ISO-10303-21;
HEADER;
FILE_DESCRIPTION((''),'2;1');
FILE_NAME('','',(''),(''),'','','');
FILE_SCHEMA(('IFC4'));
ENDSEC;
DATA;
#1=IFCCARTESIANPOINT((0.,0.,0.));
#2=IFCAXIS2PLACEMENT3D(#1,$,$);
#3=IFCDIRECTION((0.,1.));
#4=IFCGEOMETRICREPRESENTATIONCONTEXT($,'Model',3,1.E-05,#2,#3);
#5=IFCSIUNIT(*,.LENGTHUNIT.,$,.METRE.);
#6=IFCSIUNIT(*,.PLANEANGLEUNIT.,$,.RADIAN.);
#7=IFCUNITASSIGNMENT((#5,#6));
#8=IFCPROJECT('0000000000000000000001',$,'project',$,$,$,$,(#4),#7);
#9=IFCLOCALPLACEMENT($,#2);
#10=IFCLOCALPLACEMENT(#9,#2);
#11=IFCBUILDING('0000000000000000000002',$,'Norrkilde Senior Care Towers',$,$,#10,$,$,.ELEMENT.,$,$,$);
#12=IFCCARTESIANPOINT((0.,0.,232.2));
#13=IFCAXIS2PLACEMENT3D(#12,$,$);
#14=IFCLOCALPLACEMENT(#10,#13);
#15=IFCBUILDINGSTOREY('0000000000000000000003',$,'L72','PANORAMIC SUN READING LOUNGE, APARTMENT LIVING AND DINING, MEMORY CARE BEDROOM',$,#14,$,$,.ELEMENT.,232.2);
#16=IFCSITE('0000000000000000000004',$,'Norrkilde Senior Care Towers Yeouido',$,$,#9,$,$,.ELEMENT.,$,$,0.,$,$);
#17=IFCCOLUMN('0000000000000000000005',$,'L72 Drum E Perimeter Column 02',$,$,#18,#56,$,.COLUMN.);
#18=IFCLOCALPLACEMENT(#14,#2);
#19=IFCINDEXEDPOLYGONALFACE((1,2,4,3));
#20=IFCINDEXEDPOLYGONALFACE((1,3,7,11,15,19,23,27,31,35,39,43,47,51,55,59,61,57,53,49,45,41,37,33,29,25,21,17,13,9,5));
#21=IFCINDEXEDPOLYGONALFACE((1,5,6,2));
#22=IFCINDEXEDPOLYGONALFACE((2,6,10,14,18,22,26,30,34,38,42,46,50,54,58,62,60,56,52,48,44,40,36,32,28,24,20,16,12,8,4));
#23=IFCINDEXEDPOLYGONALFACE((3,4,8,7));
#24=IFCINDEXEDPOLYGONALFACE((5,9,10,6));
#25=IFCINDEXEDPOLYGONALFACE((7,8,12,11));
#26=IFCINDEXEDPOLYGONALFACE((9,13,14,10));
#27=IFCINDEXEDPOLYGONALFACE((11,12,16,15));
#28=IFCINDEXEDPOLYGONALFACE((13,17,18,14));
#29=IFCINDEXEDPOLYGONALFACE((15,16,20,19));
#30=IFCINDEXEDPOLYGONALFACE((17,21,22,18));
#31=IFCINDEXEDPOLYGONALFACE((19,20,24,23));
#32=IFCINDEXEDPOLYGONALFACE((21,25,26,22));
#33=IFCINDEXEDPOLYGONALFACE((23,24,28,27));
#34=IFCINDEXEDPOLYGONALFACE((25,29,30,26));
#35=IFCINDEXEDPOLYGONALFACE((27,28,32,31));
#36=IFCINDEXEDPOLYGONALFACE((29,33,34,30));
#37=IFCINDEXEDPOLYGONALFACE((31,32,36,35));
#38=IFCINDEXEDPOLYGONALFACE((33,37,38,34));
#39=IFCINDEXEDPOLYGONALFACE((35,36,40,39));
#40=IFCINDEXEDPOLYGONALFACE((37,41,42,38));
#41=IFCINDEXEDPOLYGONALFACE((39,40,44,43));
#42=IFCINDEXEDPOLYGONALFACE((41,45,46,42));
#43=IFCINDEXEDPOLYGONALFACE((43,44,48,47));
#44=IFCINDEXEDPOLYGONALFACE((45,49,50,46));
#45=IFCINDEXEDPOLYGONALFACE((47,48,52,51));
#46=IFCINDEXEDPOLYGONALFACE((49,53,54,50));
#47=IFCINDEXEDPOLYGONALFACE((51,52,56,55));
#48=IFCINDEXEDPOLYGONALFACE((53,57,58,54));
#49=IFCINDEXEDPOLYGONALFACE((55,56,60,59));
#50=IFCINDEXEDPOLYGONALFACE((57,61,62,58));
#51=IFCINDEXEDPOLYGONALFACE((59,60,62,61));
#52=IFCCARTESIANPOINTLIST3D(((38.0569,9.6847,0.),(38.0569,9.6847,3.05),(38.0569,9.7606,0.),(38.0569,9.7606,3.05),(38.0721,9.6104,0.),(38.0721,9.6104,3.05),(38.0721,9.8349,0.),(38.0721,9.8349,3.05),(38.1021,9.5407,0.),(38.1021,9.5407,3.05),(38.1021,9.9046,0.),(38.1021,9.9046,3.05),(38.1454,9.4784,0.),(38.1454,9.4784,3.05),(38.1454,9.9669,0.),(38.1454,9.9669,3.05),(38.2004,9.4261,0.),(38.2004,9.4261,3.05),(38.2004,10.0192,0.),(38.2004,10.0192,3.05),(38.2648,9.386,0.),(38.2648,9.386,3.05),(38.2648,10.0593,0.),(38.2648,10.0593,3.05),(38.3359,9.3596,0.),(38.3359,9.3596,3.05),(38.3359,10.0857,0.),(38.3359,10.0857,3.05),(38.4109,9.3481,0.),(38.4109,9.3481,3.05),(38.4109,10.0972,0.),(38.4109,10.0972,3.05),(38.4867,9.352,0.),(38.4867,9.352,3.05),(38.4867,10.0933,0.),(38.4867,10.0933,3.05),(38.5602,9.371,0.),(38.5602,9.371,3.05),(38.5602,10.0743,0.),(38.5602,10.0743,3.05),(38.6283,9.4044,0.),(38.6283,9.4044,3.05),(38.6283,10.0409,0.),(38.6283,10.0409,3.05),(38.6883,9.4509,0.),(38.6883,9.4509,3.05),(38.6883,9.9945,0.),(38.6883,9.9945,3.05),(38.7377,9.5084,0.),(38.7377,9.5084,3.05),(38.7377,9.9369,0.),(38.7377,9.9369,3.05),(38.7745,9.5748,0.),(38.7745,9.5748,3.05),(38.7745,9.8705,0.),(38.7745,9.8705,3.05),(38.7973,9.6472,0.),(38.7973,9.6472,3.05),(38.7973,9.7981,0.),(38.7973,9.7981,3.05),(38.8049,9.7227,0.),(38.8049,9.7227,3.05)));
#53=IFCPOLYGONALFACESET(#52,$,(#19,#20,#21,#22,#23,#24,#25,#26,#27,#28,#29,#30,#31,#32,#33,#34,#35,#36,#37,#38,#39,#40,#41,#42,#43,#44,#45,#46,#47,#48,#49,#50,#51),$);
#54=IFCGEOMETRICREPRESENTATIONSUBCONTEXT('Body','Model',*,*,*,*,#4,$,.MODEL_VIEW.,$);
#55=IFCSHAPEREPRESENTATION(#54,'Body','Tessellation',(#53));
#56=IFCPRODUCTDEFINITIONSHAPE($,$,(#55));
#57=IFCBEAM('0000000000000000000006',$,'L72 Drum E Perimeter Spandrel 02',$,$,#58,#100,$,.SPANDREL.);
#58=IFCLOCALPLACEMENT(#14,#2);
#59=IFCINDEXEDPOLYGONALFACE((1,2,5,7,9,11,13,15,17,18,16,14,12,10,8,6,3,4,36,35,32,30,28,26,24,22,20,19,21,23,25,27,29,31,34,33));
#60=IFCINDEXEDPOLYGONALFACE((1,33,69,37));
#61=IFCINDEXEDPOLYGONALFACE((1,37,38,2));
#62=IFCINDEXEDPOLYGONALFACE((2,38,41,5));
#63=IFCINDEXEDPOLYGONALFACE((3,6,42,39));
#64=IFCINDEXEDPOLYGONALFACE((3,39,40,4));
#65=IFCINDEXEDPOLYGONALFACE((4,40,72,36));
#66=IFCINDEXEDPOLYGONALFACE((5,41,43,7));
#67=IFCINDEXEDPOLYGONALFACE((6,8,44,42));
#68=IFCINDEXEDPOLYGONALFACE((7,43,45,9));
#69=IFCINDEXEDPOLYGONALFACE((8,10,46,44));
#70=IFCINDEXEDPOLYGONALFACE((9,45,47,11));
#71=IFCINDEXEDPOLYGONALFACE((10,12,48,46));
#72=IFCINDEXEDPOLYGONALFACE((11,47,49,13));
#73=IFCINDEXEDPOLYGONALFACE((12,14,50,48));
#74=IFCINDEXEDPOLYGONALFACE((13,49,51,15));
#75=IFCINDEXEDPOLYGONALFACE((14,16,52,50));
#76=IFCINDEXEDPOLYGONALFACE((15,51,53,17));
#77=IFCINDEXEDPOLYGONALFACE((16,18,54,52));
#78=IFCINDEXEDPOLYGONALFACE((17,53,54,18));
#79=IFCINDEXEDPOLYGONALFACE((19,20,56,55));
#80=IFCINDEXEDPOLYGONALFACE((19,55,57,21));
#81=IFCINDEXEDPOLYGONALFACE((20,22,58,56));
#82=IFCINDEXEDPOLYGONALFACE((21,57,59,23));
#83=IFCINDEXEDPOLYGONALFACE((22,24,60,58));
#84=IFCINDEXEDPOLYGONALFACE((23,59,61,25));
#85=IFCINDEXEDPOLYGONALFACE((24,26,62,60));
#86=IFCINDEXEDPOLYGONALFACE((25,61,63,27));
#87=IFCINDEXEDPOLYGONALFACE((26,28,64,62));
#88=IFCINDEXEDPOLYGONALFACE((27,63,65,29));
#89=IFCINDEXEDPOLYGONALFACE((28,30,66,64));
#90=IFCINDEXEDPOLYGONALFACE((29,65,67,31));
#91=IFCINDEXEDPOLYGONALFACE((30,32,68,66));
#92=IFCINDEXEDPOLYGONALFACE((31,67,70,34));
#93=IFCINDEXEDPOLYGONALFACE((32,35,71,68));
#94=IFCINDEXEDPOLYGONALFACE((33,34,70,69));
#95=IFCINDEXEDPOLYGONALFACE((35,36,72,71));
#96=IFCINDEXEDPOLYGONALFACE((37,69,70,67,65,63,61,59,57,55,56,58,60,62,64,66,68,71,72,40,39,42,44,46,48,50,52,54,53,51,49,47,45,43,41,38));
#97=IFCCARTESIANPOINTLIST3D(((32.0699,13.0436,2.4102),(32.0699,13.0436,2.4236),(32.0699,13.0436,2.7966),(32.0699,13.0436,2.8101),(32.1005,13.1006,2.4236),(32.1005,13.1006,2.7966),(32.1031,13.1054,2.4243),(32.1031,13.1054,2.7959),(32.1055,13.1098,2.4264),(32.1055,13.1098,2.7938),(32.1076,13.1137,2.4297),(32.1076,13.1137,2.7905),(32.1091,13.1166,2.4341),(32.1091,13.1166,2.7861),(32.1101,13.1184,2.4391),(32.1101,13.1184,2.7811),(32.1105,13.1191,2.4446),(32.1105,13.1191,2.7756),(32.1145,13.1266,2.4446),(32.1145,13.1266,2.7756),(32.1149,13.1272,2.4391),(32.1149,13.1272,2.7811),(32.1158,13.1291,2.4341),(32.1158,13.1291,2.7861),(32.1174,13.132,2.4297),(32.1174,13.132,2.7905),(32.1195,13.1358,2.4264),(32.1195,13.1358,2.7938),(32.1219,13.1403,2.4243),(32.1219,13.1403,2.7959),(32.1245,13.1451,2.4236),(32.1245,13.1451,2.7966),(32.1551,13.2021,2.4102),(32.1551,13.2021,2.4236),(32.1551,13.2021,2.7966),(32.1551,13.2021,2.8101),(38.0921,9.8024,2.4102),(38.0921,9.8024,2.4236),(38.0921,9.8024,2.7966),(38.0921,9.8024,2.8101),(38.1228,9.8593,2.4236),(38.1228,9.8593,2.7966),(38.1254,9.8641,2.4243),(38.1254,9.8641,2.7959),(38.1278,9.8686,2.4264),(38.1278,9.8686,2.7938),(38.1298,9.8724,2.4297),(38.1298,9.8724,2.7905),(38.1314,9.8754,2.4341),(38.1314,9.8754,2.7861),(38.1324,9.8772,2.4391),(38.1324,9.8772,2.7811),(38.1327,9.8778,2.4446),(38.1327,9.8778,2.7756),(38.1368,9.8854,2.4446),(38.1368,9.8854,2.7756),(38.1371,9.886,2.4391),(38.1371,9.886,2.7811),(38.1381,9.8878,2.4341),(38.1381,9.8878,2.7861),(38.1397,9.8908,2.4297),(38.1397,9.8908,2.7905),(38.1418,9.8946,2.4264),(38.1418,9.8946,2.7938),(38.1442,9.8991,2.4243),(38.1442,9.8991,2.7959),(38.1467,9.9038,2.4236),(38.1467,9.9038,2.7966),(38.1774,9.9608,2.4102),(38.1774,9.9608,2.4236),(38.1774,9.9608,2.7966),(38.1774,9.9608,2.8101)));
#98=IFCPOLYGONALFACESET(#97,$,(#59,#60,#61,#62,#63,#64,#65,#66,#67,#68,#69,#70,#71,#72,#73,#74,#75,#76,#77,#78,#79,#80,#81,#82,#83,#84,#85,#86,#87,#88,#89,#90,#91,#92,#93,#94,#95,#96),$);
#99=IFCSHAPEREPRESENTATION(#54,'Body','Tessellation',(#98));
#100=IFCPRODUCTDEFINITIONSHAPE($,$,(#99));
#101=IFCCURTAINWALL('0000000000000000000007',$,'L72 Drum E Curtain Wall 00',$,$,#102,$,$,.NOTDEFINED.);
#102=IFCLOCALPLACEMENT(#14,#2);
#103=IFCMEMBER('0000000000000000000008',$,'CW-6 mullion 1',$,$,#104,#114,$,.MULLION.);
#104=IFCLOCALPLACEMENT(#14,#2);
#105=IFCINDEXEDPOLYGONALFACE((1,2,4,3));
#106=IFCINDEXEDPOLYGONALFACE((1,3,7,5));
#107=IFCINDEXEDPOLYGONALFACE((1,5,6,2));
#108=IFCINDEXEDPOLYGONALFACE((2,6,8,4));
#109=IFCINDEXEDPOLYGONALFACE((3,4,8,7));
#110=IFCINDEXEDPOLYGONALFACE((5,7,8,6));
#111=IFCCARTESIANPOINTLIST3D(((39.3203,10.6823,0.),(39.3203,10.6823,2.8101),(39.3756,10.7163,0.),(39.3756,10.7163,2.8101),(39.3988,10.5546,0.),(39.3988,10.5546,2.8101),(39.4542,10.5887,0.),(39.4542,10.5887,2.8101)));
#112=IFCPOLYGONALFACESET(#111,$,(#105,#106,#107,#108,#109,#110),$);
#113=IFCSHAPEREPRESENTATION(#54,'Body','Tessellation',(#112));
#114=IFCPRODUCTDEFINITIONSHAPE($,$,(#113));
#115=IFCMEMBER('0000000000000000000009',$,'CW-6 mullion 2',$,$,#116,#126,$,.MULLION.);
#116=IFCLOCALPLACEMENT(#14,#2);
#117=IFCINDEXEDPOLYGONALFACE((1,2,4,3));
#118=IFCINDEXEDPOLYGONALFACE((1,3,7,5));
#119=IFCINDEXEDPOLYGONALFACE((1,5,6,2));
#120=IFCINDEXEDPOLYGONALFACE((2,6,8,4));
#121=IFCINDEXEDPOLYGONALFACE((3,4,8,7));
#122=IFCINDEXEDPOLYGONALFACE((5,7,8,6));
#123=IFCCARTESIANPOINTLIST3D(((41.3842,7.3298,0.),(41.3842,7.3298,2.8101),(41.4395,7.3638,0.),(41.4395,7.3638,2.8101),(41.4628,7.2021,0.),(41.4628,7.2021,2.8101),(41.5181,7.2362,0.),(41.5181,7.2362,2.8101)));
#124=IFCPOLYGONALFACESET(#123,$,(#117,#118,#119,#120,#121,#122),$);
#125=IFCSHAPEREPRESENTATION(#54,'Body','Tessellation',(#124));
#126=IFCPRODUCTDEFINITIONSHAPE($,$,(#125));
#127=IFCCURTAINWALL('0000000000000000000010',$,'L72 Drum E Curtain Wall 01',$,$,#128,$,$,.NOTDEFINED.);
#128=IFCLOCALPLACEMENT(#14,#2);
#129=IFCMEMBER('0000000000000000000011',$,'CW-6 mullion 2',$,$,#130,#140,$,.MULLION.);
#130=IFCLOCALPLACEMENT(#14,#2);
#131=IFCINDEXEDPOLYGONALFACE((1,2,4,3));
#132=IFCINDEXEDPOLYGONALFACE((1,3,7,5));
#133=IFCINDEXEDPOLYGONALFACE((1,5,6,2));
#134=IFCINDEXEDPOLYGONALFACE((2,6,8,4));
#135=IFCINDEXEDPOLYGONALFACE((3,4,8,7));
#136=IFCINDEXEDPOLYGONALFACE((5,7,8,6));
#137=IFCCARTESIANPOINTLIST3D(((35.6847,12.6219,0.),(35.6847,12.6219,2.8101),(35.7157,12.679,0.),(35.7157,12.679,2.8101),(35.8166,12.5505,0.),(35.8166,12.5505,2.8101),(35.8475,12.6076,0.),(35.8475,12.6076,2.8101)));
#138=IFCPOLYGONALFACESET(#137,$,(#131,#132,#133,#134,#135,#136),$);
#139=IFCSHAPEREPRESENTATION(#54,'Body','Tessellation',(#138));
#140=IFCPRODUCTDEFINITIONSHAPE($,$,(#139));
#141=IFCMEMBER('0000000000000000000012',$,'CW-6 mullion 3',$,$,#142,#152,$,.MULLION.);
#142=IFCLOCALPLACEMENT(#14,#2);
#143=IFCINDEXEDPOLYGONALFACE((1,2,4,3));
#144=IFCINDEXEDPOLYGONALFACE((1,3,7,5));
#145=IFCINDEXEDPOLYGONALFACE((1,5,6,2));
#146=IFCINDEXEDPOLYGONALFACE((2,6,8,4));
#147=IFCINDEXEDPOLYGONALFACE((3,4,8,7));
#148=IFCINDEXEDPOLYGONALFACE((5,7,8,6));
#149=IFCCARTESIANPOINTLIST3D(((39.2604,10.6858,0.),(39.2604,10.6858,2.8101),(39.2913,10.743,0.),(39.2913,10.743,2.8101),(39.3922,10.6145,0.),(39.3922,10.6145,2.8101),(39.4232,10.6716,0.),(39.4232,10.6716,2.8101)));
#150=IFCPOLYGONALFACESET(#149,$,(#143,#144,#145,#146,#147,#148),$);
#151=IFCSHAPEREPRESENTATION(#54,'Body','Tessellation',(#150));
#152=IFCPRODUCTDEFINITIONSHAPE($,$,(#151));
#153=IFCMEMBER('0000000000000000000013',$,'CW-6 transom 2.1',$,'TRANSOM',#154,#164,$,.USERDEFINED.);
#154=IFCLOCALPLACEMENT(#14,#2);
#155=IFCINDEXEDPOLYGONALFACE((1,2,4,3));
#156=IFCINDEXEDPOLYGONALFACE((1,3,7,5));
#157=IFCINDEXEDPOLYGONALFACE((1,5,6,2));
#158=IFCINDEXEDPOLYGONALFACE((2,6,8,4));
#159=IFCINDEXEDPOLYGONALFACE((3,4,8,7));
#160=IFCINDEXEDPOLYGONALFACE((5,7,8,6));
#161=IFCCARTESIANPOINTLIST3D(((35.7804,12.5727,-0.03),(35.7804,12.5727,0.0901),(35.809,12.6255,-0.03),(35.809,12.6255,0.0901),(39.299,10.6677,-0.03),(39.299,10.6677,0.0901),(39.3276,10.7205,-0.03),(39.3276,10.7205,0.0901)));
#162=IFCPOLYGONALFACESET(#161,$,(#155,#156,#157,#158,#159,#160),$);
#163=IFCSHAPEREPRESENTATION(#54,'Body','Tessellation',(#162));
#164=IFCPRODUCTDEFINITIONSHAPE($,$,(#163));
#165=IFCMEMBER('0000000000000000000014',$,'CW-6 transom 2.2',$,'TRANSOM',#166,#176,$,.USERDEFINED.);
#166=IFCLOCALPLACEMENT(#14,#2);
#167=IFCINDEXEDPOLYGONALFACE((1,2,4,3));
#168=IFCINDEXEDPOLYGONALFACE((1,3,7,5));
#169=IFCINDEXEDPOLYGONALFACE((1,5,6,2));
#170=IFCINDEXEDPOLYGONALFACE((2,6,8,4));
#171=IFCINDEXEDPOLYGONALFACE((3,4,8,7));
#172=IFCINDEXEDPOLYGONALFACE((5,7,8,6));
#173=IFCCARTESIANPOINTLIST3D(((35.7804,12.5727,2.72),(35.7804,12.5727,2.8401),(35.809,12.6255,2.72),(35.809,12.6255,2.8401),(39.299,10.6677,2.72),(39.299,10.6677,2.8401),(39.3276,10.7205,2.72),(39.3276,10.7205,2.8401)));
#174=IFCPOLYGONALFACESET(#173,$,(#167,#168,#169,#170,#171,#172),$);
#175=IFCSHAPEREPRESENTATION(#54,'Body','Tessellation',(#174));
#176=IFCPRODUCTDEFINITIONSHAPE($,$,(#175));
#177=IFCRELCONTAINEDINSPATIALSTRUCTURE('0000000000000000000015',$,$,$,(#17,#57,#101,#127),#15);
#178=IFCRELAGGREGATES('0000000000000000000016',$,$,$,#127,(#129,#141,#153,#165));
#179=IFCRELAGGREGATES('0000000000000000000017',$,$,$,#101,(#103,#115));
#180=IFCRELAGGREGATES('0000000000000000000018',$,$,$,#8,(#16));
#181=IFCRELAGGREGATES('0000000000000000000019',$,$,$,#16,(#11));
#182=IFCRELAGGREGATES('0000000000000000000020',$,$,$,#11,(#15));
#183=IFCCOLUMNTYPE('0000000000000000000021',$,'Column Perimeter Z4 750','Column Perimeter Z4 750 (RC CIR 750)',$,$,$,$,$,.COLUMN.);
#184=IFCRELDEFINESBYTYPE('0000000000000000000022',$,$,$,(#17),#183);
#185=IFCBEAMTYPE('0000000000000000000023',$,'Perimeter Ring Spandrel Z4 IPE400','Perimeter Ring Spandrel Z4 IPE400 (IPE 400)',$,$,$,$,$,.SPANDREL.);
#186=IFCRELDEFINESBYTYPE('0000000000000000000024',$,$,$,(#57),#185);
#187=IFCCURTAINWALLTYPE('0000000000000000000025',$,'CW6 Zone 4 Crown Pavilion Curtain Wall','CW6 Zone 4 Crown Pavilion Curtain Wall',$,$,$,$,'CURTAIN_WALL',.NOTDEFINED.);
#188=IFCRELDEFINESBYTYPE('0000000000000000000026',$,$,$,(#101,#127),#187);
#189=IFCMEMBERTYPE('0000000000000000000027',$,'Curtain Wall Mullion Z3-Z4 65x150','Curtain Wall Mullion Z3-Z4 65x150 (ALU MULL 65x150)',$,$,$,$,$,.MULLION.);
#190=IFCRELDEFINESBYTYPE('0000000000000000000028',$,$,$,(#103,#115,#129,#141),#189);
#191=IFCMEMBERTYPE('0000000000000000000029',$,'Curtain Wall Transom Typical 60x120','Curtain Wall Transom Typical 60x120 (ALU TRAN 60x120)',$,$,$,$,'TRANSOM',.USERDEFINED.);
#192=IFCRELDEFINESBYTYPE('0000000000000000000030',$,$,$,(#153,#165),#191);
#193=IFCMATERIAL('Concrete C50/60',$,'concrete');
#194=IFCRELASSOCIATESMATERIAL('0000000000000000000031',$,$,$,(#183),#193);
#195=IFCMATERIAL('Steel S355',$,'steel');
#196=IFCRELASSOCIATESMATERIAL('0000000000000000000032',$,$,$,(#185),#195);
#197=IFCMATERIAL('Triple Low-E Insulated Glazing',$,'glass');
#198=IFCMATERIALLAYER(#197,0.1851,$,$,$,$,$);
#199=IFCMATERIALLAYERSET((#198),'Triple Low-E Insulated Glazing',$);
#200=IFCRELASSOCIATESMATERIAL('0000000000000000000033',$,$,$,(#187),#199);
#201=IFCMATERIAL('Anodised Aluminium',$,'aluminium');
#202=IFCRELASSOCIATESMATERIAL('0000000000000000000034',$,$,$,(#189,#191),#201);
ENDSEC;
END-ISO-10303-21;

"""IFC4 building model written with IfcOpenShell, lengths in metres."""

from ifc_helpers import new_model, si_unit, direction, frame, origin, origin_2d, place, context, subcontext, project, spatial, rectangle, circle, i_section, extrude, source, transform, mapped, material, layer, layer_set, material_profile, profile_set, type_object, type_shapes, element, aggregate, save


model = new_model("IFC4")

# Units and contexts
model_context = context("Model", 3, precision=1e-05, world=origin(), true_north=direction((0.0, 1.0)))
body_context = subcontext(model_context, "Body", "Model", "MODEL_VIEW")
ifc_project = project(units=[si_unit("LENGTHUNIT", "METRE"), si_unit("PLANEANGLEUNIT", "RADIAN")], contexts=[model_context])

# Site, building, storey
site_placement = place(None, origin())
site = spatial("IfcSite", under=ifc_project, at=site_placement, Name="Norrkilde Senior Care Towers Yeouido", CompositionType="ELEMENT", RefElevation=0.0)
building_placement = place(site_placement, origin())
building = spatial("IfcBuilding", under=site, at=building_placement, Name="Norrkilde Senior Care Towers", CompositionType="ELEMENT")
storey_placement = place(building_placement, frame((0.0, 0.0, 232.2)))
storey = spatial("IfcBuildingStorey", under=building, at=storey_placement, Name="L72", Description="PANORAMIC SUN READING LOUNGE, APARTMENT LIVING AND DINING, MEMORY CARE BEDROOM", CompositionType="ELEMENT", Elevation=232.2)

# Column
ifc_material_1 = material(Name="Concrete C50/60", Category="concrete")
ifc_material_profile_1 = material_profile(ifc_material_1, circle(Radius=0.375, at=origin_2d()), Name="RC CIR 750")
ifc_profile_set_1 = profile_set([ifc_material_profile_1], Name="Concrete C50/60")
column_type = type_object("IfcColumnType", Name="Column Perimeter Z4 750", Description="Column Perimeter Z4 750 (RC CIR 750)", PredefinedType="COLUMN", material=ifc_profile_set_1)
shared_shape_1 = source(origin(), body_context, "Body", "SweptSolid", [
    extrude(circle(Radius=0.375, at=origin_2d()), origin(), (0.0, 0.0, 1.0), 3.05),
])
type_shapes(column_type, [shared_shape_1])
column_placement = place(storey_placement, frame((38.4299, 9.7227, 0.0), z_axis=(0.0, 0.0, 1.0), x_axis=(1.0, 0.0, 0.0)))
element("IfcColumn", 1, at=column_placement, inside=storey, type_object=column_type, Name="L72 Drum E Perimeter Column 02", PredefinedType="COLUMN", context=body_context, shape_type="MappedRepresentation", body=[
    mapped(shared_shape_1, transform((0.0, 0.0, 0.0), x_axis=(1.0, 0.0, 0.0), y_axis=(0.0, 1.0, 0.0), z_axis=(0.0, 0.0, 1.0), scale=1.0)),
])

# Beam
ifc_material_2 = material(Name="Steel S355", Category="steel")
ifc_material_profile_2 = material_profile(ifc_material_2, i_section(OverallWidth=0.1799, OverallDepth=0.3999, WebThickness=0.0085, FlangeThickness=0.0134, FilletRadius=0.021, at=origin_2d()), Name="IPE 400")
ifc_profile_set_2 = profile_set([ifc_material_profile_2], Name="Steel S355")
beam_type = type_object("IfcBeamType", Name="Perimeter Ring Spandrel Z4 IPE400", Description="Perimeter Ring Spandrel Z4 IPE400 (IPE 400)", PredefinedType="SPANDREL", material=ifc_profile_set_2)
shared_shape_2 = source(origin(), body_context, "Body", "SweptSolid", [
    extrude(i_section(OverallWidth=0.1799, OverallDepth=0.3999, WebThickness=0.0085, FlangeThickness=0.0134, FilletRadius=0.021, at=origin_2d()), origin(), (0.0, 0.0, 1.0), 6.8391),
])
type_shapes(beam_type, [shared_shape_2])
beam_placement = place(storey_placement, frame((38.1348, 9.8816, 2.6101), z_axis=(-0.880564, 0.473927, 0.0), x_axis=(-0.473927, -0.880564, 0.0)))
element("IfcBeam", 2, at=beam_placement, inside=storey, type_object=beam_type, Name="L72 Drum E Perimeter Spandrel 02", PredefinedType="SPANDREL", context=body_context, shape_type="MappedRepresentation", body=[
    mapped(shared_shape_2, transform((0.0, 0.0, 0.0), x_axis=(1.0, 0.0, 0.0), y_axis=(0.0, 1.0, 0.0), z_axis=(0.0, 0.0, 1.0), scale=1.0)),
])

# Curtain walls, members
ifc_material_3 = material(Name="Triple Low-E Insulated Glazing", Category="glass")
ifc_layer_1 = layer(ifc_material_3, 0.1851)
ifc_layer_set_1 = layer_set([ifc_layer_1], Name="Triple Low-E Insulated Glazing")
curtain_wall_type = type_object("IfcCurtainWallType", Name="CW6 Zone 4 Crown Pavilion Curtain Wall", Description="CW6 Zone 4 Crown Pavilion Curtain Wall", ElementType="CURTAIN_WALL", PredefinedType="NOTDEFINED", material=ifc_layer_set_1)
curtain_wall_1_placement = place(storey_placement, origin())
curtain_wall_1 = element("IfcCurtainWall", 3, at=curtain_wall_1_placement, inside=storey, type_object=curtain_wall_type, Name="L72 Drum E Curtain Wall 00", PredefinedType="NOTDEFINED")
ifc_material_4 = material(Name="Anodised Aluminium", Category="aluminium")
ifc_material_profile_3 = material_profile(ifc_material_4, rectangle(XDim=0.0649, YDim=0.1499, at=origin_2d()), Name="ALU MULL 65x150")
ifc_profile_set_3 = profile_set([ifc_material_profile_3], Name="Anodised Aluminium")
member_type_1 = type_object("IfcMemberType", Name="Curtain Wall Mullion Z3-Z4 65x150", Description="Curtain Wall Mullion Z3-Z4 65x150 (ALU MULL 65x150)", PredefinedType="MULLION", material=ifc_profile_set_3)
shared_shape_3 = source(origin(), body_context, "Body", "SweptSolid", [
    extrude(rectangle(XDim=0.0649, YDim=0.1499, at=origin_2d()), origin(), (0.0, 0.0, 1.0), 2.8101),
])
type_shapes(member_type_1, [shared_shape_3])
member_1_placement = place(storey_placement, frame((39.3872, 10.6355, 0.0), z_axis=(0.0, 0.0, 1.0), x_axis=(0.851563, 0.524253, 0.0)))
member_1 = element("IfcMember", 4, at=member_1_placement, type_object=member_type_1, Name="CW-6 mullion 1", PredefinedType="MULLION", context=body_context, shape_type="MappedRepresentation", body=[
    mapped(shared_shape_3, transform((0.0, 0.0, 0.0), x_axis=(1.0, 0.0, 0.0), y_axis=(0.0, 1.0, 0.0), z_axis=(0.0, 0.0, 1.0), scale=1.0)),
])
member_2_placement = place(storey_placement, frame((41.4512, 7.283, 0.0), z_axis=(0.0, 0.0, 1.0), x_axis=(0.851563, 0.524253, 0.0)))
member_2 = element("IfcMember", 5, at=member_2_placement, type_object=member_type_1, Name="CW-6 mullion 2", PredefinedType="MULLION", context=body_context, shape_type="MappedRepresentation", body=[
    mapped(shared_shape_3, transform((0.0, 0.0, 0.0), x_axis=(1.0, 0.0, 0.0), y_axis=(0.0, 1.0, 0.0), z_axis=(0.0, 0.0, 1.0), scale=1.0)),
])
curtain_wall_2_placement = place(storey_placement, origin())
curtain_wall_2 = element("IfcCurtainWall", 6, at=curtain_wall_2_placement, inside=storey, type_object=curtain_wall_type, Name="L72 Drum E Curtain Wall 01", PredefinedType="NOTDEFINED")
member_3_placement = place(storey_placement, frame((35.7661, 12.6147, 0.0), z_axis=(0.0, 0.0, 1.0), x_axis=(0.476133, 0.879373, 0.0)))
member_3 = element("IfcMember", 7, at=member_3_placement, type_object=member_type_1, Name="CW-6 mullion 2", PredefinedType="MULLION", context=body_context, shape_type="MappedRepresentation", body=[
    mapped(shared_shape_3, transform((0.0, 0.0, 0.0), x_axis=(1.0, 0.0, 0.0), y_axis=(0.0, 1.0, 0.0), z_axis=(0.0, 0.0, 1.0), scale=1.0)),
])
member_4_placement = place(storey_placement, frame((39.3418, 10.6787, 0.0), z_axis=(0.0, 0.0, 1.0), x_axis=(0.476133, 0.879373, 0.0)))
member_4 = element("IfcMember", 8, at=member_4_placement, type_object=member_type_1, Name="CW-6 mullion 3", PredefinedType="MULLION", context=body_context, shape_type="MappedRepresentation", body=[
    mapped(shared_shape_3, transform((0.0, 0.0, 0.0), x_axis=(1.0, 0.0, 0.0), y_axis=(0.0, 1.0, 0.0), z_axis=(0.0, 0.0, 1.0), scale=1.0)),
])
ifc_material_profile_4 = material_profile(ifc_material_4, rectangle(XDim=0.0601, YDim=0.1201, at=origin_2d()), Name="ALU TRAN 60x120")
ifc_profile_set_4 = profile_set([ifc_material_profile_4], Name="Anodised Aluminium")
member_type_2 = type_object("IfcMemberType", Name="Curtain Wall Transom Typical 60x120", Description="Curtain Wall Transom Typical 60x120 (ALU TRAN 60x120)", ElementType="TRANSOM", PredefinedType="USERDEFINED", material=ifc_profile_set_4)
shared_shape_4 = source(origin(), body_context, "Body", "SweptSolid", [
    extrude(rectangle(XDim=0.0601, YDim=0.1201, at=origin_2d()), origin(), (0.0, 0.0, 1.0), 4.0012),
])
member_5_placement = place(storey_placement, frame((35.7947, 12.5991, 0.03), z_axis=(0.879381, -0.476118, 0.0), x_axis=(0.476118, 0.879381, 0.0)))
member_5 = element("IfcMember", 9, at=member_5_placement, type_object=member_type_2, Name="CW-6 transom 2.1", ObjectType="TRANSOM", PredefinedType="USERDEFINED", context=body_context, shape_type="MappedRepresentation", body=[
    mapped(shared_shape_4, transform((0.0, 0.0, 0.0), x_axis=(1.0, 0.0, 0.0), y_axis=(0.0, 1.0, 0.0), z_axis=(0.0, 0.0, 1.0), scale=1.0)),
])
member_6_placement = place(storey_placement, frame((35.7947, 12.5991, 2.78), z_axis=(0.879381, -0.476118, 0.0), x_axis=(0.476118, 0.879381, 0.0)))
member_6 = element("IfcMember", 10, at=member_6_placement, type_object=member_type_2, Name="CW-6 transom 2.2", ObjectType="TRANSOM", PredefinedType="USERDEFINED", context=body_context, shape_type="MappedRepresentation", body=[
    mapped(shared_shape_4, transform((0.0, 0.0, 0.0), x_axis=(1.0, 0.0, 0.0), y_axis=(0.0, 1.0, 0.0), z_axis=(0.0, 0.0, 1.0), scale=1.0)),
])

aggregate(curtain_wall_2, [member_3, member_4, member_5, member_6])
aggregate(curtain_wall_1, [member_1, member_2])

save(model, "model.ifc")
